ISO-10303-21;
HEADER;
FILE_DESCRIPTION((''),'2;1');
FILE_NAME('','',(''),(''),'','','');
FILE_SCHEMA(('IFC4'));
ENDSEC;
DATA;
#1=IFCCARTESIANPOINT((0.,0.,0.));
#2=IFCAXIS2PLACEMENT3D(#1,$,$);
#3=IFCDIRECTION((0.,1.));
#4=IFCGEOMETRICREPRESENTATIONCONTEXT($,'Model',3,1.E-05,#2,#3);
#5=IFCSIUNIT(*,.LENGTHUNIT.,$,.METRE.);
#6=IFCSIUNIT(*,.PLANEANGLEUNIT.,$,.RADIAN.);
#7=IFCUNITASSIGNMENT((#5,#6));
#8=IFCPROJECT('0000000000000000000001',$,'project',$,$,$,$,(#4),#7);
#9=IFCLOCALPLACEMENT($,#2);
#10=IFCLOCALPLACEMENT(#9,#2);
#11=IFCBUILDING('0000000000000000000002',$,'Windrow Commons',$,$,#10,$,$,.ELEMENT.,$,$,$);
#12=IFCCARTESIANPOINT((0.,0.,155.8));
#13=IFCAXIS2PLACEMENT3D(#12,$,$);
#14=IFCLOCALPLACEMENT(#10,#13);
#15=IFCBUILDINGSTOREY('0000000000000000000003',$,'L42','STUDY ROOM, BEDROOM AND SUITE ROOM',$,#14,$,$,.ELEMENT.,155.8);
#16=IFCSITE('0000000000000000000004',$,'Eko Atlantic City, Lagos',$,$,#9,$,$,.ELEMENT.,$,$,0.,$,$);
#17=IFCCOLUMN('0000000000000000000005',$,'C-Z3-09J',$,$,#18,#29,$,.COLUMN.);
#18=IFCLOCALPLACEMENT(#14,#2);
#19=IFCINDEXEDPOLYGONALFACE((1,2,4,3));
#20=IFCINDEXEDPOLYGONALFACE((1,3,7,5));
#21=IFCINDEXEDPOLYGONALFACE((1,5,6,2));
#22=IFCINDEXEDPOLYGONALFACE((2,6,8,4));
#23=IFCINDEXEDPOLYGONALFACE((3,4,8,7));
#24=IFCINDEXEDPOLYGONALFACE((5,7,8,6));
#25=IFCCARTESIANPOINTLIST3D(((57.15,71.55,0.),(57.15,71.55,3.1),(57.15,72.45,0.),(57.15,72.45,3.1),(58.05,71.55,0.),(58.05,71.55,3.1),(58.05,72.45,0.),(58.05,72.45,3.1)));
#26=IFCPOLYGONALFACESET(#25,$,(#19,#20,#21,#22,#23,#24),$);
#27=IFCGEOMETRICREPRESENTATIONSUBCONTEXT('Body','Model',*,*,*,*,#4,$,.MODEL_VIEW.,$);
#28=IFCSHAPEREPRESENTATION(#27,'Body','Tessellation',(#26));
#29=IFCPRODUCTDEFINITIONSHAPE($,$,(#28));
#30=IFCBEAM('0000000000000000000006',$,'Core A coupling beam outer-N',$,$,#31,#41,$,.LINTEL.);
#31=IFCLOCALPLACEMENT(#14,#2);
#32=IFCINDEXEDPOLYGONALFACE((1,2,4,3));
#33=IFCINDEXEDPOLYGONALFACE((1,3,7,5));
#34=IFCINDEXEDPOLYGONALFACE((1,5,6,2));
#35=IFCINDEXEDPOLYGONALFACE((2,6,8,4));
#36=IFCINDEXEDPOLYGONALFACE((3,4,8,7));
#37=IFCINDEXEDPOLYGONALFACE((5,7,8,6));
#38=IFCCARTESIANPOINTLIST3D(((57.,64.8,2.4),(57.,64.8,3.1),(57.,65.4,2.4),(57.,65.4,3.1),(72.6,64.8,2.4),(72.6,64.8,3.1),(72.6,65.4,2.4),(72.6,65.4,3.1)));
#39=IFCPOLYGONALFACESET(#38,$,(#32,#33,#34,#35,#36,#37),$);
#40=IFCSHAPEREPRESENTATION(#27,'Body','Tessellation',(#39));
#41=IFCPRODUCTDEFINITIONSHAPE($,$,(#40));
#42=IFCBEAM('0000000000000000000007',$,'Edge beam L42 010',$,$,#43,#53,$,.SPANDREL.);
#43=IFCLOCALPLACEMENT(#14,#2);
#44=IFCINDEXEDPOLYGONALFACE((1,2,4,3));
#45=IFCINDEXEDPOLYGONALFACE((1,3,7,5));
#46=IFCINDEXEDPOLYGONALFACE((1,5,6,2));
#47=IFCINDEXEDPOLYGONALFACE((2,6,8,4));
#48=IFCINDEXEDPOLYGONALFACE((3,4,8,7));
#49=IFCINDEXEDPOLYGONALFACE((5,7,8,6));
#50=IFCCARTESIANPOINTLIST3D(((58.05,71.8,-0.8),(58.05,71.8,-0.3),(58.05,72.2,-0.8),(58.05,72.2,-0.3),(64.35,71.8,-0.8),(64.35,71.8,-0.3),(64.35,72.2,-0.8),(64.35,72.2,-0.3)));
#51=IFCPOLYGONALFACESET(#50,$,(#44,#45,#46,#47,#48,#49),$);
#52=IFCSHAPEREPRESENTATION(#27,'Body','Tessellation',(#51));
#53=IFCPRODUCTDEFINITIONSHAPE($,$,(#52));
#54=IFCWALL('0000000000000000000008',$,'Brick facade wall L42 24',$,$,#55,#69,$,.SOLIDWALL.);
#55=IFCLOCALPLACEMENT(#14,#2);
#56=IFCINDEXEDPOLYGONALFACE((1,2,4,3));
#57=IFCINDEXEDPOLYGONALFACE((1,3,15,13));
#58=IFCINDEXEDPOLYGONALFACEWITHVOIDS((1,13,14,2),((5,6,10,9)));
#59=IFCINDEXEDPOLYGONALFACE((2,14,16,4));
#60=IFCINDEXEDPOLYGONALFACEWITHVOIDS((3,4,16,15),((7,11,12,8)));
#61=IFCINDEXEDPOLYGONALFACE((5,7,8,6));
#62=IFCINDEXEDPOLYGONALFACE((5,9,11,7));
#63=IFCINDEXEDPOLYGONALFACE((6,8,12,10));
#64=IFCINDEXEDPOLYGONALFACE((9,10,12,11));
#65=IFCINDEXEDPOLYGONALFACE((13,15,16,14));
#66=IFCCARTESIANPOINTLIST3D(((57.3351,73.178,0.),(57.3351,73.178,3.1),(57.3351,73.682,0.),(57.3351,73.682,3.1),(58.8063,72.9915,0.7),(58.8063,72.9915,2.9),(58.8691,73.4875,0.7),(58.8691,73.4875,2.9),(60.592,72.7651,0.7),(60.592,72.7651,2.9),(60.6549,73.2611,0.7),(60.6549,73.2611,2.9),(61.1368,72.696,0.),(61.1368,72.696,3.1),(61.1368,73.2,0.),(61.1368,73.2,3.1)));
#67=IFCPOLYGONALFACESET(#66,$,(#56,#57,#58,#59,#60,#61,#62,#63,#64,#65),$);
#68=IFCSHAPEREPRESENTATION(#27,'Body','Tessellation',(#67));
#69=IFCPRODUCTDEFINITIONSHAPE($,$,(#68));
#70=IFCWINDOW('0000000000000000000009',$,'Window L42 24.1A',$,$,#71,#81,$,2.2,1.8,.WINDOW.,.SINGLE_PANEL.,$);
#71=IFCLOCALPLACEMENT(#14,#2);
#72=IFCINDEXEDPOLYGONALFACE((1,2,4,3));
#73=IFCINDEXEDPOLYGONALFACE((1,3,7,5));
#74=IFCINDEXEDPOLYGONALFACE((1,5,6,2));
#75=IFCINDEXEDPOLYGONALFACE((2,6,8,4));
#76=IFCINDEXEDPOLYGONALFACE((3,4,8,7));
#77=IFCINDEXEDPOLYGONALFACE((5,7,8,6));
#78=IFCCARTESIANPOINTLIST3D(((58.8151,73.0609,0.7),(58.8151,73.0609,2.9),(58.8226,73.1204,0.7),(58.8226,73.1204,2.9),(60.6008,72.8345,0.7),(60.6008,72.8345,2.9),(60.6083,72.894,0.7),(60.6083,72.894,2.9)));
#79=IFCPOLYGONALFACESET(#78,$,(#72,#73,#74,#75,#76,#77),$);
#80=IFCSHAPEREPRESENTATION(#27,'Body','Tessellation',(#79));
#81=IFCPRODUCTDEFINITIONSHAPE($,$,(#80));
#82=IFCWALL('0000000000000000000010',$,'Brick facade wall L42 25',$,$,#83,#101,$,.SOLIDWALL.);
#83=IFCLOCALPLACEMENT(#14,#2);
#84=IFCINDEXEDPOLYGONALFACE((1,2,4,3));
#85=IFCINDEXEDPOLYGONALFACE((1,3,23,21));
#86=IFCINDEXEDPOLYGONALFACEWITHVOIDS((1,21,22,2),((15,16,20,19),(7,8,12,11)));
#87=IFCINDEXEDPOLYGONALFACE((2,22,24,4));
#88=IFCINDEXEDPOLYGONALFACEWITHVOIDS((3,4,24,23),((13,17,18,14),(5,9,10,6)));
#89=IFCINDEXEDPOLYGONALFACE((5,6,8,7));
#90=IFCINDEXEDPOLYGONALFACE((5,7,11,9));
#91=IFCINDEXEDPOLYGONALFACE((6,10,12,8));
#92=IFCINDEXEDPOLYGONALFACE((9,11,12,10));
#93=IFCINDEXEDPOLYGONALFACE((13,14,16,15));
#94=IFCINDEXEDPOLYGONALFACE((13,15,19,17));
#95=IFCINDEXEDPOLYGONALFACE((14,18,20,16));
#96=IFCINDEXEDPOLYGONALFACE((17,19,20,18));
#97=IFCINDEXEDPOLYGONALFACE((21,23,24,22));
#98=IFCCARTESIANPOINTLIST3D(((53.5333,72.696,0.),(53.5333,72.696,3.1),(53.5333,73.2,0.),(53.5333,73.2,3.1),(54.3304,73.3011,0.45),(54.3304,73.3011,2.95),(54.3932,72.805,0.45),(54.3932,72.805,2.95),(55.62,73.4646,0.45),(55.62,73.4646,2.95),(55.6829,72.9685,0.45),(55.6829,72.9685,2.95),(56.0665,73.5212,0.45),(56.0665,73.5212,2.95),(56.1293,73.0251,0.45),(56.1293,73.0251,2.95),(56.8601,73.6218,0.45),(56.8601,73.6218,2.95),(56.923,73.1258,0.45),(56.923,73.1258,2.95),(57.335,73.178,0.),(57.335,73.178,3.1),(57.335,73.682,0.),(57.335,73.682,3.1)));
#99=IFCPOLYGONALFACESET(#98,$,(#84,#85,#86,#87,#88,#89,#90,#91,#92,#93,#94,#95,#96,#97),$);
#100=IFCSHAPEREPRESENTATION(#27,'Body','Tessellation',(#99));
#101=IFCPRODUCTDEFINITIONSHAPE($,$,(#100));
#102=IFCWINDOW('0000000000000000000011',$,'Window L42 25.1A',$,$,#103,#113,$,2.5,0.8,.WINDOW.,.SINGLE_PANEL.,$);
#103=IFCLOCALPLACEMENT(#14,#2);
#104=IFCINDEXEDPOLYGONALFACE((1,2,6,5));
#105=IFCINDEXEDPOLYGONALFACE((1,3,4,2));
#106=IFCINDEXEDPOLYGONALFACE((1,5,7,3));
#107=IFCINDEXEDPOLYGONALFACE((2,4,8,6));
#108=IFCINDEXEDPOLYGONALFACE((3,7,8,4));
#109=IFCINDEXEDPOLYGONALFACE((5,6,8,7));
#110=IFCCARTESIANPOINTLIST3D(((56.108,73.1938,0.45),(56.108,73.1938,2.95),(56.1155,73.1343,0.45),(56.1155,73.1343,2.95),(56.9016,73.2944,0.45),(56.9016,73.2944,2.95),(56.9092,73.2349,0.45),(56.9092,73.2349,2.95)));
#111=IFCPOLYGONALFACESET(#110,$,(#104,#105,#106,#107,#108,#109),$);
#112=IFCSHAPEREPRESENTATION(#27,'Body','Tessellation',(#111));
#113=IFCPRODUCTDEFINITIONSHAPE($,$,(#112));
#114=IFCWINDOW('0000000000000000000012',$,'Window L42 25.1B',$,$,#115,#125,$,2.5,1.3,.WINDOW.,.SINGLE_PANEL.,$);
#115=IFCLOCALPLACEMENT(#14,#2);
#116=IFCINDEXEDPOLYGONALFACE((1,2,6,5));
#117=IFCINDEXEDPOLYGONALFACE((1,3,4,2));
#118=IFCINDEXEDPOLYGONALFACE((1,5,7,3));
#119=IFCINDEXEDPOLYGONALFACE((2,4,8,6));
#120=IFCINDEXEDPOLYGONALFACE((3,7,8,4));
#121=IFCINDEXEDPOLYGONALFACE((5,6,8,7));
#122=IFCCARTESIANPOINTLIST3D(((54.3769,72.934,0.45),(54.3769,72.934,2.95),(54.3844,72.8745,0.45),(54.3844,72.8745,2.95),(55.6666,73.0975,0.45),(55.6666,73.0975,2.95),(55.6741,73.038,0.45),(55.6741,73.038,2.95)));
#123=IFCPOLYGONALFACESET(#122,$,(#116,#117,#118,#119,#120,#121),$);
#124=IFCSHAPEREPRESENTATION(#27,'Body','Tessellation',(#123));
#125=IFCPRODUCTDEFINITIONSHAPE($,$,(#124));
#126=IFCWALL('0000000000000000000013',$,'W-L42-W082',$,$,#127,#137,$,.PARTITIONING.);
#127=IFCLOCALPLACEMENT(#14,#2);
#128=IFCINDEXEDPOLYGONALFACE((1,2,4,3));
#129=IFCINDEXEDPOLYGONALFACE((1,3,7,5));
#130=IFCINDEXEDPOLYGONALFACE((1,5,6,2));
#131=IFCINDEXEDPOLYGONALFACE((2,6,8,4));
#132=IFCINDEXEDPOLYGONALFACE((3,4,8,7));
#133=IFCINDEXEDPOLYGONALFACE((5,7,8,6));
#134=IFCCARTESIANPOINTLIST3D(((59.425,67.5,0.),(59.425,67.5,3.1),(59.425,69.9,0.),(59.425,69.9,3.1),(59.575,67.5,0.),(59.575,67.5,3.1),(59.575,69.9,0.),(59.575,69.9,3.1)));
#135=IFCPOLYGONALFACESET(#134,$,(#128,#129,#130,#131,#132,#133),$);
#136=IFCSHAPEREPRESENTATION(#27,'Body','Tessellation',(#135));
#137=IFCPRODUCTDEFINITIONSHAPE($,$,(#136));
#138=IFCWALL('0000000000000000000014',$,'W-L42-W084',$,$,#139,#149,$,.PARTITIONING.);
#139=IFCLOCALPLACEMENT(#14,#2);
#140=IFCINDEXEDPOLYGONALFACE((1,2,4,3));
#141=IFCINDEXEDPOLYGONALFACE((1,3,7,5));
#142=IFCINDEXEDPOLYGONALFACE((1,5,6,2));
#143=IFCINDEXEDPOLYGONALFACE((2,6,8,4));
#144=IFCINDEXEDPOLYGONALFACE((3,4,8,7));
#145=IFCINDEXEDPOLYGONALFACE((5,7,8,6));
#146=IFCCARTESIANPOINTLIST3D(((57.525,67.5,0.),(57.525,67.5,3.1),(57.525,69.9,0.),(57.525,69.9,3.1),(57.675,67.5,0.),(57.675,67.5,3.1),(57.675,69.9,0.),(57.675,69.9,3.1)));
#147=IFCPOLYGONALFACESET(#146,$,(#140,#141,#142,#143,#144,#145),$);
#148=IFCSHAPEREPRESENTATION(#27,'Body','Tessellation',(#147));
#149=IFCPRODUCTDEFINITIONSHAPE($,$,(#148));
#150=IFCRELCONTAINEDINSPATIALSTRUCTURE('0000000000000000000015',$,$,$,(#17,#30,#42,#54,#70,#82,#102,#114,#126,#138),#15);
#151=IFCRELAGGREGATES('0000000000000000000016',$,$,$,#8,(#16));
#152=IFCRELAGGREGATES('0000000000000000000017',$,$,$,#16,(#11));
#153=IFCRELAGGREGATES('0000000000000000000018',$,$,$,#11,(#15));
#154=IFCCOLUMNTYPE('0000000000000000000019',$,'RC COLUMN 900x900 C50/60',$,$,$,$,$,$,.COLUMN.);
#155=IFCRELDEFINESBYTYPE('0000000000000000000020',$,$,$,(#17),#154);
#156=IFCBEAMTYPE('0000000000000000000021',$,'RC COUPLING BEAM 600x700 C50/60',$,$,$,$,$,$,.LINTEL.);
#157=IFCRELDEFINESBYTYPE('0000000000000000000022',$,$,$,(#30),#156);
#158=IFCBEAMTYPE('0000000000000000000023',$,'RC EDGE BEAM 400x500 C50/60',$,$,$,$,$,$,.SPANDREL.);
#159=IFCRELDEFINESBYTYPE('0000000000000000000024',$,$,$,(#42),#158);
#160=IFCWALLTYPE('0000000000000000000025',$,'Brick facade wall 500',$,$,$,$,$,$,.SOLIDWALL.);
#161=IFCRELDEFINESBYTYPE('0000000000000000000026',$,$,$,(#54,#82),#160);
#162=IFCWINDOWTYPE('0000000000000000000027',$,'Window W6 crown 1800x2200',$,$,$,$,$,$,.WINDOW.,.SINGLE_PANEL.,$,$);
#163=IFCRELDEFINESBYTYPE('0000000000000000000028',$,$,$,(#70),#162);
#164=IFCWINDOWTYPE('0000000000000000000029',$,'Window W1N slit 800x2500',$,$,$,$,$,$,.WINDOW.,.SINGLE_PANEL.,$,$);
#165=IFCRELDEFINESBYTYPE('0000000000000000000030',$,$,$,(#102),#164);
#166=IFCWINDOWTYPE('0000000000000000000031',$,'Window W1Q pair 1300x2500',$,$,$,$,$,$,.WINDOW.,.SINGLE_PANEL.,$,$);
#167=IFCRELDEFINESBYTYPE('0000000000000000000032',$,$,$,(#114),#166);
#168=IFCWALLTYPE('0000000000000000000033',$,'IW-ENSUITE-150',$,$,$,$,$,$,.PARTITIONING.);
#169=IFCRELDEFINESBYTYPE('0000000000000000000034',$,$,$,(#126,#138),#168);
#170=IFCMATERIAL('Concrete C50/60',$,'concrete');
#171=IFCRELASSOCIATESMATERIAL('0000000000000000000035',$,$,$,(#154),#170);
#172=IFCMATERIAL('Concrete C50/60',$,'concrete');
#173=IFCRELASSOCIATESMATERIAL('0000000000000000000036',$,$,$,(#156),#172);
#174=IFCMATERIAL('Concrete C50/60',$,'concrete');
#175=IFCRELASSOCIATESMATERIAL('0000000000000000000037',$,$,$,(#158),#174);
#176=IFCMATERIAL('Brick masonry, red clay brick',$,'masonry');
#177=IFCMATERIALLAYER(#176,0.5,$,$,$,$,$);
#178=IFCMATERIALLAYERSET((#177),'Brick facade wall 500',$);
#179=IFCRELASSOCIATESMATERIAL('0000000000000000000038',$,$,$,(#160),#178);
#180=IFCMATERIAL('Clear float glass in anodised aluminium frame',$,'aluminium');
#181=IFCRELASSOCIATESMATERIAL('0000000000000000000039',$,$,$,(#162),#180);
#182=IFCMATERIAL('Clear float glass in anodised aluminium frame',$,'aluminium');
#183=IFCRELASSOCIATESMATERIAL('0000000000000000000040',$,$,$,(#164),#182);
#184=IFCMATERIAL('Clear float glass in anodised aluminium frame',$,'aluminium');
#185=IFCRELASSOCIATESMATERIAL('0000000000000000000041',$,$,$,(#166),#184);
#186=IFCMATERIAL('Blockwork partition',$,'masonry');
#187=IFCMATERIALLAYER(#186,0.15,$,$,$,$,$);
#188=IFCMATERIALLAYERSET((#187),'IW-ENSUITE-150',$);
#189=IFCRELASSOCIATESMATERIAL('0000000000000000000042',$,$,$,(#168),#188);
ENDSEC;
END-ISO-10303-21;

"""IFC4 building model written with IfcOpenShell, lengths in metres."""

from ifc_helpers import new_model, si_unit, direction, frame, frame_2d, origin, origin_2d, place, context, subcontext, project, spatial, polyline, rectangle, outline, extrude, material, layer, layer_set, material_profile, profile_set, type_object, element, fill, save


model = new_model("IFC4")

# Units and contexts
model_context = context("Model", 3, precision=1e-05, world=origin(), true_north=direction((0.0, 1.0)))
body_context = subcontext(model_context, "Body", "Model", "MODEL_VIEW")
ifc_project = project(units=[si_unit("LENGTHUNIT", "METRE"), si_unit("PLANEANGLEUNIT", "RADIAN")], contexts=[model_context])

# Site, building, storey
site_placement = place(None, origin())
site = spatial("IfcSite", under=ifc_project, at=site_placement, Name="Eko Atlantic City, Lagos", CompositionType="ELEMENT", RefElevation=0.0)
building_placement = place(site_placement, origin())
building = spatial("IfcBuilding", under=site, at=building_placement, Name="Windrow Commons", CompositionType="ELEMENT")
storey_placement = place(building_placement, frame((0.0, 0.0, 155.8)))
storey = spatial("IfcBuildingStorey", under=building, at=storey_placement, Name="L42", Description="STUDY ROOM, BEDROOM AND SUITE ROOM", CompositionType="ELEMENT", Elevation=155.8)

# Column
ifc_material_1 = material(Name="Concrete C50/60", Category="concrete")
ifc_material_profile_1 = material_profile(ifc_material_1, rectangle(XDim=0.9, YDim=0.9, at=origin_2d()))
ifc_profile_set_1 = profile_set([ifc_material_profile_1], Name="Concrete C50/60")
column_type = type_object("IfcColumnType", Name="RC COLUMN 900x900 C50/60", PredefinedType="COLUMN", material=ifc_profile_set_1)
column_placement = place(storey_placement, frame((57.6, 72.0, 0.0), z_axis=(0.0, 0.0, 1.0), x_axis=(1.0, 0.0, 0.0)))
element("IfcColumn", 1, at=column_placement, inside=storey, type_object=column_type, Name="C-Z3-09J", PredefinedType="COLUMN", context=body_context, shape_type="SweptSolid", body=[
    extrude(rectangle(XDim=0.9, YDim=0.9, at=origin_2d()), origin(), (0.0, 0.0, 1.0), 3.1),
])

# Beams
ifc_material_2 = material(Name="Concrete C50/60", Category="concrete")
ifc_material_profile_2 = material_profile(ifc_material_2, rectangle(XDim=0.6, YDim=0.7, at=origin_2d()))
ifc_profile_set_2 = profile_set([ifc_material_profile_2], Name="Concrete C50/60")
beam_type_1 = type_object("IfcBeamType", Name="RC COUPLING BEAM 600x700 C50/60", PredefinedType="LINTEL", material=ifc_profile_set_2)
beam_1_placement = place(storey_placement, frame((57.0, 65.1, 2.75), z_axis=(1.0, 0.0, 0.0), x_axis=(0.0, 1.0, 0.0)))
element("IfcBeam", 2, at=beam_1_placement, inside=storey, type_object=beam_type_1, Name="Core A coupling beam outer-N", PredefinedType="LINTEL", context=body_context, shape_type="SweptSolid", body=[
    extrude(rectangle(XDim=0.6, YDim=0.7, at=origin_2d()), origin(), (0.0, 0.0, 1.0), 15.6),
])
ifc_material_3 = material(Name="Concrete C50/60", Category="concrete")
ifc_material_profile_3 = material_profile(ifc_material_3, rectangle(XDim=0.4, YDim=0.5, at=origin_2d()))
ifc_profile_set_3 = profile_set([ifc_material_profile_3], Name="Concrete C50/60")
beam_type_2 = type_object("IfcBeamType", Name="RC EDGE BEAM 400x500 C50/60", PredefinedType="SPANDREL", material=ifc_profile_set_3)
beam_2_placement = place(storey_placement, frame((58.05, 72.0, -0.55), z_axis=(1.0, 0.0, 0.0), x_axis=(0.0, 1.0, 0.0)))
element("IfcBeam", 3, at=beam_2_placement, inside=storey, type_object=beam_type_2, Name="Edge beam L42 010", PredefinedType="SPANDREL", context=body_context, shape_type="SweptSolid", body=[
    extrude(rectangle(XDim=0.4, YDim=0.5, at=origin_2d()), origin(), (0.0, 0.0, 1.0), 6.3),
])

# Wall, opening, window
ifc_material_4 = material(Name="Brick masonry, red clay brick", Category="masonry")
ifc_layer_1 = layer(ifc_material_4, 0.5)
ifc_layer_set_1 = layer_set([ifc_layer_1], Name="Brick facade wall 500")
wall_type_1 = type_object("IfcWallType", Name="Brick facade wall 500", PredefinedType="SOLIDWALL", material=ifc_layer_set_1)
wall_1_placement = place(storey_placement, frame((61.1368, 72.948, 0.0), z_axis=(0.0, 0.0, 1.0), x_axis=(-0.992059, 0.125775, 0.0)))
wall_1 = element("IfcWall", 4, at=wall_1_placement, inside=storey, type_object=wall_type_1, Name="Brick facade wall L42 24", PredefinedType="SOLIDWALL", context=body_context, shape_type="SweptSolid", body=[
    extrude(outline(polyline([(0.0317, -0.25), (3.8638, -0.25), (3.8004, 0.25), (-0.0317, 0.25), (0.0317, -0.25)])), origin(), (0.0, 0.0, 1.0), 3.1),
])
opening_1_placement = place(wall_1_placement, frame((0.5175, 0.0, 0.7)))
opening_1 = element("IfcOpeningElement", 5, at=opening_1_placement, cuts=wall_1, PredefinedType="OPENING", context=body_context, shape_type="SweptSolid", body=[
    extrude(rectangle(XDim=1.8, YDim=2.2, at=frame_2d((0.9, 1.1))), frame((0.0, 0.26, 0.0), z_axis=(0.0, -1.0, 0.0), x_axis=(1.0, 0.0, 0.0)), (0.0, 0.0, 1.0), 0.52),
])
ifc_material_5 = material(Name="Clear float glass in anodised aluminium frame", Category="aluminium")
window_type_1 = type_object("IfcWindowType", Name="Window W6 crown 1800x2200", PartitioningType="SINGLE_PANEL", PredefinedType="WINDOW", material=ifc_material_5)
window_1_placement = place(opening_1_placement, origin())
window_1 = element("IfcWindow", 6, at=window_1_placement, inside=storey, type_object=window_type_1, Name="Window L42 24.1A", OverallHeight=2.2, OverallWidth=1.8, PartitioningType="SINGLE_PANEL", PredefinedType="WINDOW", context=body_context, shape_type="SweptSolid", body=[
    extrude(rectangle(XDim=1.8, YDim=2.2, at=frame_2d((0.9, 1.1))), frame((0.0, 0.18, 0.0), z_axis=(0.0, -1.0, 0.0), x_axis=(1.0, 0.0, 0.0)), (0.0, 0.0, 1.0), 0.06),
])
fill(opening_1, window_1)

# Wall, openings, windows
wall_2_placement = place(storey_placement, frame((57.335, 73.43, 0.0), z_axis=(0.0, 0.0, 1.0), x_axis=(-0.992058, -0.125779, 0.0)))
wall_2 = element("IfcWall", 7, at=wall_2_placement, inside=storey, type_object=wall_type_1, Name="Brick facade wall L42 25", PredefinedType="SOLIDWALL", context=body_context, shape_type="SweptSolid", body=[
    extrude(outline(polyline([(-0.0317, -0.25), (3.8004, -0.25), (3.8638, 0.25), (0.0317, 0.25), (-0.0317, -0.25)])), origin(), (0.0, 0.0, 1.0), 3.1),
])
opening_2_placement = place(wall_2_placement, frame((0.447, 0.0, 0.45)))
opening_2 = element("IfcOpeningElement", 8, at=opening_2_placement, cuts=wall_2, PredefinedType="OPENING", context=body_context, shape_type="SweptSolid", body=[
    extrude(rectangle(XDim=0.8, YDim=2.5, at=frame_2d((0.4, 1.25))), frame((0.0, 0.26, 0.0), z_axis=(0.0, -1.0, 0.0), x_axis=(1.0, 0.0, 0.0)), (0.0, 0.0, 1.0), 0.52),
])
opening_3_placement = place(wall_2_placement, frame((1.697, 0.0, 0.45)))
opening_3 = element("IfcOpeningElement", 9, at=opening_3_placement, cuts=wall_2, PredefinedType="OPENING", context=body_context, shape_type="SweptSolid", body=[
    extrude(rectangle(XDim=1.3, YDim=2.5, at=frame_2d((0.65, 1.25))), frame((0.0, 0.26, 0.0), z_axis=(0.0, -1.0, 0.0), x_axis=(1.0, 0.0, 0.0)), (0.0, 0.0, 1.0), 0.52),
])
ifc_material_6 = material(Name="Clear float glass in anodised aluminium frame", Category="aluminium")
window_type_2 = type_object("IfcWindowType", Name="Window W1N slit 800x2500", PartitioningType="SINGLE_PANEL", PredefinedType="WINDOW", material=ifc_material_6)
window_2_placement = place(opening_2_placement, origin())
window_2 = element("IfcWindow", 10, at=window_2_placement, inside=storey, type_object=window_type_2, Name="Window L42 25.1A", OverallHeight=2.5, OverallWidth=0.8, PartitioningType="SINGLE_PANEL", PredefinedType="WINDOW", context=body_context, shape_type="SweptSolid", body=[
    extrude(rectangle(XDim=0.8, YDim=2.5, at=frame_2d((0.4, 1.25))), frame((0.0, 0.14, 0.0), z_axis=(0.0, -1.0, 0.0), x_axis=(1.0, 0.0, 0.0)), (0.0, 0.0, 1.0), 0.06),
])
fill(opening_2, window_2)
ifc_material_7 = material(Name="Clear float glass in anodised aluminium frame", Category="aluminium")
window_type_3 = type_object("IfcWindowType", Name="Window W1Q pair 1300x2500", PartitioningType="SINGLE_PANEL", PredefinedType="WINDOW", material=ifc_material_7)
window_3_placement = place(opening_3_placement, origin())
window_3 = element("IfcWindow", 11, at=window_3_placement, inside=storey, type_object=window_type_3, Name="Window L42 25.1B", OverallHeight=2.5, OverallWidth=1.3, PartitioningType="SINGLE_PANEL", PredefinedType="WINDOW", context=body_context, shape_type="SweptSolid", body=[
    extrude(rectangle(XDim=1.3, YDim=2.5, at=frame_2d((0.65, 1.25))), frame((0.0, 0.18, 0.0), z_axis=(0.0, -1.0, 0.0), x_axis=(1.0, 0.0, 0.0)), (0.0, 0.0, 1.0), 0.06),
])
fill(opening_3, window_3)

# Walls
ifc_material_8 = material(Name="Blockwork partition", Category="masonry")
ifc_layer_2 = layer(ifc_material_8, 0.15)
ifc_layer_set_2 = layer_set([ifc_layer_2], Name="IW-ENSUITE-150")
wall_type_2 = type_object("IfcWallType", Name="IW-ENSUITE-150", PredefinedType="PARTITIONING", material=ifc_layer_set_2)
for number, where, z_axis, x_axis, name in (
    (12, (59.5, 67.5, 0.0), (0.0, 0.0, 1.0), (0.0, 1.0, 0.0), "W-L42-W082"),
    (13, (57.6, 67.5, 0.0), (0.0, 0.0, 1.0), (0.0, 1.0, 0.0), "W-L42-W084"),
):
    element("IfcWall", number, at=place(storey_placement, frame(where, z_axis=z_axis, x_axis=x_axis)), inside=storey, type_object=wall_type_2, Name=name, PredefinedType="PARTITIONING", context=body_context, shape_type="SweptSolid", body=[
        extrude(rectangle(XDim=2.4, YDim=0.15, at=frame_2d((1.2, 0.0))), origin(), (0.0, 0.0, 1.0), 3.1),
    ])

save(model, "model.ifc")
